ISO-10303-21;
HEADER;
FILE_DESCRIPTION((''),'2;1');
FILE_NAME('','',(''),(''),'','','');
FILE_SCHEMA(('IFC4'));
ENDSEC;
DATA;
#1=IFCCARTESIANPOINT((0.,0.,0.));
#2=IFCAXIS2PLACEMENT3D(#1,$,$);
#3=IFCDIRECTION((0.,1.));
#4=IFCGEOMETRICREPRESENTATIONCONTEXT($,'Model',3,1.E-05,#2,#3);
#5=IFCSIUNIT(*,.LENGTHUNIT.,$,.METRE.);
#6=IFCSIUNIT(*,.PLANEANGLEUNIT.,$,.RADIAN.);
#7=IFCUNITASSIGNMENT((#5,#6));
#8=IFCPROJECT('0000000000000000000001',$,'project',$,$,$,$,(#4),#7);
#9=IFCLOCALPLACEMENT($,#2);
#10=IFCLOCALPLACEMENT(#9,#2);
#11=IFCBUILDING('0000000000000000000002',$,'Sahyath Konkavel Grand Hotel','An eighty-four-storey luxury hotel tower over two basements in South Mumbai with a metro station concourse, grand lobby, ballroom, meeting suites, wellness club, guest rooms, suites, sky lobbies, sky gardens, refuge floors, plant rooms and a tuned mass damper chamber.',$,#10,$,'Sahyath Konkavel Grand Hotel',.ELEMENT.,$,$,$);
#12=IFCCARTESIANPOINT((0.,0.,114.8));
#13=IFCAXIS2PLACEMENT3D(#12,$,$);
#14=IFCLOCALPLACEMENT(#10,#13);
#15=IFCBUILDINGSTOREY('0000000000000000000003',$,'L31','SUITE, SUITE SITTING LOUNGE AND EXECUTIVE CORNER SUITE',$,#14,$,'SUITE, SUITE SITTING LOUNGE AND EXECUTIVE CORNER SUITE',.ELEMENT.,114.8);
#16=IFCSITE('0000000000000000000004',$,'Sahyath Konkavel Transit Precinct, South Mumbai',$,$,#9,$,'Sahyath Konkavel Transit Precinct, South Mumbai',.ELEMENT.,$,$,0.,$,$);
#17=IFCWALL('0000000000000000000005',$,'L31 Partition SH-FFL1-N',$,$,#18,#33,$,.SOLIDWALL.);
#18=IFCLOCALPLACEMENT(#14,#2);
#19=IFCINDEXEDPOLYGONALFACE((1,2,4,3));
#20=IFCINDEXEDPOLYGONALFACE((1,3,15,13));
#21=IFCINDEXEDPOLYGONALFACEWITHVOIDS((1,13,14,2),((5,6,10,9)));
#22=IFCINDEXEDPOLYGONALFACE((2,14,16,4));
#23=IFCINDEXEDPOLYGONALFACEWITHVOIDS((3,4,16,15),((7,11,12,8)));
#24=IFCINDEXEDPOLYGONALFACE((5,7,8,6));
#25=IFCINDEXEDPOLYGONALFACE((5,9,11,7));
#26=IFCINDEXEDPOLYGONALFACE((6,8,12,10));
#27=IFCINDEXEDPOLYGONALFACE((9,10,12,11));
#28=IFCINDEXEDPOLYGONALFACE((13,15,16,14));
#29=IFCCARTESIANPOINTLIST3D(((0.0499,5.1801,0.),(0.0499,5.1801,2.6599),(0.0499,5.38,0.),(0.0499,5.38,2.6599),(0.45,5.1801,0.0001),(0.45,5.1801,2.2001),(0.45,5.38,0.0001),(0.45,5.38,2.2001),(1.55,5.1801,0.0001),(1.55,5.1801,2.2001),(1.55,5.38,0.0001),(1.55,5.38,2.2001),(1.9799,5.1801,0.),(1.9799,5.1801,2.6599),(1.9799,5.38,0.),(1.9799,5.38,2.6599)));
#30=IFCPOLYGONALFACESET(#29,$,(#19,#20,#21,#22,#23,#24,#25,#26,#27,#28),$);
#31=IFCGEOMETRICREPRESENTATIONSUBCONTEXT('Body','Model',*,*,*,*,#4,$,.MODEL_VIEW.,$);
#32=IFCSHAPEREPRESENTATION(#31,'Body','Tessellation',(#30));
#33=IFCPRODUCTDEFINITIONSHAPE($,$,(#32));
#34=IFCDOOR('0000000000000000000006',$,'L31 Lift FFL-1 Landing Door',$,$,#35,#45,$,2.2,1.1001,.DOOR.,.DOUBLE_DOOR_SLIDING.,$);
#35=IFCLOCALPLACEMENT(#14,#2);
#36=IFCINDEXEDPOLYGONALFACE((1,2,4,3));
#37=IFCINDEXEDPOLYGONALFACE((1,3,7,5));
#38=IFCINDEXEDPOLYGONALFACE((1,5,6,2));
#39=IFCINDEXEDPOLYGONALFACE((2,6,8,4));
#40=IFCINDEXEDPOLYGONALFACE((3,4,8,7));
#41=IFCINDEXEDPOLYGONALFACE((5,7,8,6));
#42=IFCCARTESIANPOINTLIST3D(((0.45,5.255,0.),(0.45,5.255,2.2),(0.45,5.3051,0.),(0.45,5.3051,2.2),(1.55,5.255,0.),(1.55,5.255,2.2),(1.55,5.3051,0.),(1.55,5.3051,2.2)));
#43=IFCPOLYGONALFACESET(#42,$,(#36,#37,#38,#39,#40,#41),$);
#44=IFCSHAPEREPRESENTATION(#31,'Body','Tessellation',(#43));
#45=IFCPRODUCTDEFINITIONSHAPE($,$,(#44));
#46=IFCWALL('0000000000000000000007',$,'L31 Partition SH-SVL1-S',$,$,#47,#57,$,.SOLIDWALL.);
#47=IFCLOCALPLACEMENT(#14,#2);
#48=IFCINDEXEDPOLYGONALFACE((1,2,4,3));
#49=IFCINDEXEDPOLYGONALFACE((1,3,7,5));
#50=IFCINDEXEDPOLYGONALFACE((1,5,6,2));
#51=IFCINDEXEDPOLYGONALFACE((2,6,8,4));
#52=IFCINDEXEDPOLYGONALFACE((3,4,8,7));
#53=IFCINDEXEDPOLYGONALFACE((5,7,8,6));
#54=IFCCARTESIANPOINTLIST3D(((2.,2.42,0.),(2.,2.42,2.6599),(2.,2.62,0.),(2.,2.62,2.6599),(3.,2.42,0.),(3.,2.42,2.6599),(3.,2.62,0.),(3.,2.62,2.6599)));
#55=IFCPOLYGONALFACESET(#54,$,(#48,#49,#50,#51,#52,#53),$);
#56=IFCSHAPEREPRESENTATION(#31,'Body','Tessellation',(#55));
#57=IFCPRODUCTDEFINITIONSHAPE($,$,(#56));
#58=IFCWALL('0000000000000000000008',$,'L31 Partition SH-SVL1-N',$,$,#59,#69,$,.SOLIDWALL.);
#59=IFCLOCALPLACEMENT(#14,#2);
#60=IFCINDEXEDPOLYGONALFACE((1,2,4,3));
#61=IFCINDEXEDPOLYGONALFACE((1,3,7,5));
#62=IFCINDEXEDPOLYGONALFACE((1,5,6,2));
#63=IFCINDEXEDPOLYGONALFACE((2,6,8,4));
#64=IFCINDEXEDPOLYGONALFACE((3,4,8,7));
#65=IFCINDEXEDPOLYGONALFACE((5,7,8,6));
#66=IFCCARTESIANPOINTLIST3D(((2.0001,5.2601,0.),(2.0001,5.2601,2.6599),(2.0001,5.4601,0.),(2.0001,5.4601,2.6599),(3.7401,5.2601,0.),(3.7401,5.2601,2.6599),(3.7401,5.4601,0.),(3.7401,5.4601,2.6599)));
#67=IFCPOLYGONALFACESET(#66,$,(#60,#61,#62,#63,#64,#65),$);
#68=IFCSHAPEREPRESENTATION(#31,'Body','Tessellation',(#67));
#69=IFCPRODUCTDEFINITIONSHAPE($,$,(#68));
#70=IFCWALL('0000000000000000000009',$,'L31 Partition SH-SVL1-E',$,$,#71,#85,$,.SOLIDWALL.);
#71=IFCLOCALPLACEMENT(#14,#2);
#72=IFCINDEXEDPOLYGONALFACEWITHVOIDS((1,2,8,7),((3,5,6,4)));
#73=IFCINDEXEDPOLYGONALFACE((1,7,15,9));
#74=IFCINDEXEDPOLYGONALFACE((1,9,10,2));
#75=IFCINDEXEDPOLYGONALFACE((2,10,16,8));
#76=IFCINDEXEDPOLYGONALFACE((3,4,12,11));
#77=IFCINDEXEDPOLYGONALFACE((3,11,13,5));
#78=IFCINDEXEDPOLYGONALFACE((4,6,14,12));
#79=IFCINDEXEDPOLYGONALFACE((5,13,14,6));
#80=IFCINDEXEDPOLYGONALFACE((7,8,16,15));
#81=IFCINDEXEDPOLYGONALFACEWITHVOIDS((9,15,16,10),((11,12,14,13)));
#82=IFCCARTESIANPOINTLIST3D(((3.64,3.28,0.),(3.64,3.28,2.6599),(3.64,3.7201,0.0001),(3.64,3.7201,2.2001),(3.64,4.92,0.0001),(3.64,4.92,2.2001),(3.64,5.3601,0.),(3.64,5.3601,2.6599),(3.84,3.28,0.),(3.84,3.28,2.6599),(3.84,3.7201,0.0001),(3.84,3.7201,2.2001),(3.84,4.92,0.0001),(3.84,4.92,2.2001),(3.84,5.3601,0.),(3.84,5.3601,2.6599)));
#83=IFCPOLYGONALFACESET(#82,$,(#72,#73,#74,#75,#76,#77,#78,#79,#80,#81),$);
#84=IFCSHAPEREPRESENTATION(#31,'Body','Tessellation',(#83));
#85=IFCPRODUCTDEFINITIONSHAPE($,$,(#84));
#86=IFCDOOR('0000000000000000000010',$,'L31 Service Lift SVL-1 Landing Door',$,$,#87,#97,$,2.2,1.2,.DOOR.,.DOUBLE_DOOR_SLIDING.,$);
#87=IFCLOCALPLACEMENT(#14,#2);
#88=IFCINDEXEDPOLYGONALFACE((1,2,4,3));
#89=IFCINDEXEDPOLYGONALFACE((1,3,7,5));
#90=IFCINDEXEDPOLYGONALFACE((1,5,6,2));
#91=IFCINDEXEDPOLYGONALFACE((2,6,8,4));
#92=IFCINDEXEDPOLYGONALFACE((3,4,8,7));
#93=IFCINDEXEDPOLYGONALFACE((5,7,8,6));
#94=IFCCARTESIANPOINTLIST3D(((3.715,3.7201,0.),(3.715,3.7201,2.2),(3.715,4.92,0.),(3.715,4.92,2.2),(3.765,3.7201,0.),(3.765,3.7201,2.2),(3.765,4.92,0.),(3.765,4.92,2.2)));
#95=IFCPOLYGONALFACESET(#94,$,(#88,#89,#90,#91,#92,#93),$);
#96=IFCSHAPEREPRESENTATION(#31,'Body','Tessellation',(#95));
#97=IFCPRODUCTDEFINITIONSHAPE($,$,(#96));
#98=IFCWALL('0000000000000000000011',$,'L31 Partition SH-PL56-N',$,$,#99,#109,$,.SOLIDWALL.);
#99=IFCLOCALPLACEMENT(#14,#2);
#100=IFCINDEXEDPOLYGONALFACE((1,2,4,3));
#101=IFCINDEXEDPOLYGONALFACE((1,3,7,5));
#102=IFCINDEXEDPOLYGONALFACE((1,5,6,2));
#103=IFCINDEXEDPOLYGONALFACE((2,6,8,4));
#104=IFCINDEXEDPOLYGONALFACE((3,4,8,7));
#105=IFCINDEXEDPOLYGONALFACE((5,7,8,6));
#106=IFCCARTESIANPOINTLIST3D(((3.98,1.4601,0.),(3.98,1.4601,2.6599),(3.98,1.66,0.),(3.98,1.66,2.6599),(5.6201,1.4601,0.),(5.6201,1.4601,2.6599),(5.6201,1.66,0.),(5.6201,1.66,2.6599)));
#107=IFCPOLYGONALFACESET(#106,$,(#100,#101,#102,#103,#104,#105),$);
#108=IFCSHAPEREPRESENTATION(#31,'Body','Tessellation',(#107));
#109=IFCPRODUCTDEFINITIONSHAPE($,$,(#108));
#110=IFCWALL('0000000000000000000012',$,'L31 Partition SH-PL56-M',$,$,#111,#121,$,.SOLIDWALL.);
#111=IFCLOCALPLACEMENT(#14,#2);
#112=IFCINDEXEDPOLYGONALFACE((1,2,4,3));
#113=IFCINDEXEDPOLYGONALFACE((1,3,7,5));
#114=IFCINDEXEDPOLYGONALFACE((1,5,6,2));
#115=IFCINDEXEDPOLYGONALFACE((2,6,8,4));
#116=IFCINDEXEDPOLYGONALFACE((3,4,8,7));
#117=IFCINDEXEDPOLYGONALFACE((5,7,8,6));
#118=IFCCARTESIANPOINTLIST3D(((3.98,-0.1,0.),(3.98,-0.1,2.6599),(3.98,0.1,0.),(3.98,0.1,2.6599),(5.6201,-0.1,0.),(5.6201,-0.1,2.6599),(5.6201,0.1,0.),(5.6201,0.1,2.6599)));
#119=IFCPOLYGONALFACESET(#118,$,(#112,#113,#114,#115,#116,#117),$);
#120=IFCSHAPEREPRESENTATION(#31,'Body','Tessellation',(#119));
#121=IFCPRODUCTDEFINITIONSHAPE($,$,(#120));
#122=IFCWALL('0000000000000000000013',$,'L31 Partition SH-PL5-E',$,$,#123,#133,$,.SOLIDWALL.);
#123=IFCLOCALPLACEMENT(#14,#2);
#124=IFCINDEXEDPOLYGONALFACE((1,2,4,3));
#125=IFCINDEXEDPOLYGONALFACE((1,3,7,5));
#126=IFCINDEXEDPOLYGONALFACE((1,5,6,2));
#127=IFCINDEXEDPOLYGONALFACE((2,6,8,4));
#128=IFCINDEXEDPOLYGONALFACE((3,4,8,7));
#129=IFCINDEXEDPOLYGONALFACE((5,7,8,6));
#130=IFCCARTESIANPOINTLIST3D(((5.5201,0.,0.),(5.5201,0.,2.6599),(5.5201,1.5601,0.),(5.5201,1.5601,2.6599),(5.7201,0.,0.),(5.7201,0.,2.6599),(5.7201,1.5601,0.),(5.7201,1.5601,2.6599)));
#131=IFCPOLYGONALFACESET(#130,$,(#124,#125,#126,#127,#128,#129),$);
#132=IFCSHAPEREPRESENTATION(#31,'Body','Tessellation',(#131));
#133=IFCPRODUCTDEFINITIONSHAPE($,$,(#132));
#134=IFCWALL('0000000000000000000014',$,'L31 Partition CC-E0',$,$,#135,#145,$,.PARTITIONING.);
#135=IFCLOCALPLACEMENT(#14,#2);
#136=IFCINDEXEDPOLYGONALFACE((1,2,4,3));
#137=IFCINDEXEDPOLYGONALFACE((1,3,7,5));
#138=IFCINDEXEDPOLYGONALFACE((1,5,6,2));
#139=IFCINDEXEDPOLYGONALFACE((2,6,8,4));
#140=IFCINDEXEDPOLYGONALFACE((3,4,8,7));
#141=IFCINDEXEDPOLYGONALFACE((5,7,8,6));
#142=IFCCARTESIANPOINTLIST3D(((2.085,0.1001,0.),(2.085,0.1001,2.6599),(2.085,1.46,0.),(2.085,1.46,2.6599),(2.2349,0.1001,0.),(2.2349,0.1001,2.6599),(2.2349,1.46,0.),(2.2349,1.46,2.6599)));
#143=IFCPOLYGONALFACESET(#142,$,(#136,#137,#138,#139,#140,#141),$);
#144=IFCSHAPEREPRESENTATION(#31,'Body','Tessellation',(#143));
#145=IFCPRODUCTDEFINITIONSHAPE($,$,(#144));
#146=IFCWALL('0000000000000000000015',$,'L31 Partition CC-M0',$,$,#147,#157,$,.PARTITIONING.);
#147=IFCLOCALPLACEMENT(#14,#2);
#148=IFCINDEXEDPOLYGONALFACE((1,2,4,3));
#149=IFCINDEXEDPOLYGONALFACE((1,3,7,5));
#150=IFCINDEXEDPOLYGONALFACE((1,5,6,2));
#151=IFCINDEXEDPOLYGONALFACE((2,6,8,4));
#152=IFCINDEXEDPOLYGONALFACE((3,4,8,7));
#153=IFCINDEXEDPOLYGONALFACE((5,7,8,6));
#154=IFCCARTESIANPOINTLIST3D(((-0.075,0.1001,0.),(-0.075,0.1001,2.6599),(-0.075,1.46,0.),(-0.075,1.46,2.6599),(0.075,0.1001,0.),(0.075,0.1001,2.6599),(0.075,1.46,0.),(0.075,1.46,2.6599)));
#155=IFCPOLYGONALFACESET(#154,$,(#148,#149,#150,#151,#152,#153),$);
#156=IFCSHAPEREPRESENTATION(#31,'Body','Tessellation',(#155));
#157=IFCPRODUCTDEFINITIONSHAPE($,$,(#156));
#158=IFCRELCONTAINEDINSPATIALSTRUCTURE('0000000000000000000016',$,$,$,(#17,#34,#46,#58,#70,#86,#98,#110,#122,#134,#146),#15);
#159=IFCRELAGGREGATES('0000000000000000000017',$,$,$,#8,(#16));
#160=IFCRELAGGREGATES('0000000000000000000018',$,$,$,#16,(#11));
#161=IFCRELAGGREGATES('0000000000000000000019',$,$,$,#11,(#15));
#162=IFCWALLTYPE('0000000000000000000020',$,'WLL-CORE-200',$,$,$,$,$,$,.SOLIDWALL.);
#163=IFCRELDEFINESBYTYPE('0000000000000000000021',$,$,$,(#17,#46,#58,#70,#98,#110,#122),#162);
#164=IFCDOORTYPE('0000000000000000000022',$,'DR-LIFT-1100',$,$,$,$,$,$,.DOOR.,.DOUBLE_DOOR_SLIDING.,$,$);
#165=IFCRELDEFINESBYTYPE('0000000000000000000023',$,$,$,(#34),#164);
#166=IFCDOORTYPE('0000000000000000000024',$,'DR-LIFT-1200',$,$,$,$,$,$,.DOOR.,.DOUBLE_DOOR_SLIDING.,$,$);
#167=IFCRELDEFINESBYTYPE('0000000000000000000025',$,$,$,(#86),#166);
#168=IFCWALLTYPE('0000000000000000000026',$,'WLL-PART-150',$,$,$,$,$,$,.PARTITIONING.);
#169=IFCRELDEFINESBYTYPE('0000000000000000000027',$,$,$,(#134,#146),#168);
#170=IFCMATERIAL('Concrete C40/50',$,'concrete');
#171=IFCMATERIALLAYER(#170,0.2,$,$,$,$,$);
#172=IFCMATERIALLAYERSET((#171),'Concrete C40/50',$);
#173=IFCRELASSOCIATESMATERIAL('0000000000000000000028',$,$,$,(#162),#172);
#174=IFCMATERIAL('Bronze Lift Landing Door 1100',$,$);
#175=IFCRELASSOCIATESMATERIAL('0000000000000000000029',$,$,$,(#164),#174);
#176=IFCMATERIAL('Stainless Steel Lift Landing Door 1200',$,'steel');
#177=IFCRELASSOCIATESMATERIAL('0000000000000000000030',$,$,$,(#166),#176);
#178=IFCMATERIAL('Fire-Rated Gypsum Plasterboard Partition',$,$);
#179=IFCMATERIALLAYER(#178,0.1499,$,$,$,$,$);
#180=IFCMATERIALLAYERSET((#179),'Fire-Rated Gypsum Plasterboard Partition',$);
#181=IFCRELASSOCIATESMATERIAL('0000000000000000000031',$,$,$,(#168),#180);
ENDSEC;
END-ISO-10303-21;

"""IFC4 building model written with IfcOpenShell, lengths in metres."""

from ifc_helpers import new_model, si_unit, direction, frame, frame_2d, origin, origin_2d, place, context, subcontext, project, spatial, rectangle, extrude, source, transform, mapped, material, layer, layer_set, type_object, element, fill, save


model = new_model("IFC4")

# Units and contexts
model_context = context("Model", 3, precision=1e-05, world=origin(), true_north=direction((0.0, 1.0)))
body_context = subcontext(model_context, "Body", "Model", "MODEL_VIEW")
ifc_project = project(units=[si_unit("LENGTHUNIT", "METRE"), si_unit("PLANEANGLEUNIT", "RADIAN")], contexts=[model_context])

# Site, building, storey
site_placement = place(None, origin())
site = spatial("IfcSite", under=ifc_project, at=site_placement, Name="Sahyath Konkavel Transit Precinct, South Mumbai", LongName="Sahyath Konkavel Transit Precinct, South Mumbai", CompositionType="ELEMENT", RefElevation=0.0)
building_placement = place(site_placement, origin())
building = spatial("IfcBuilding", under=site, at=building_placement, Name="Sahyath Konkavel Grand Hotel", Description="An eighty-four-storey luxury hotel tower over two basements in South Mumbai with a metro station concourse, grand lobby, ballroom, meeting suites, wellness club, guest rooms, suites, sky lobbies, sky gardens, refuge floors, plant rooms and a tuned mass damper chamber.", LongName="Sahyath Konkavel Grand Hotel", CompositionType="ELEMENT")
storey_placement = place(building_placement, frame((0.0, 0.0, 114.8)))
storey = spatial("IfcBuildingStorey", under=building, at=storey_placement, Name="L31", Description="SUITE, SUITE SITTING LOUNGE AND EXECUTIVE CORNER SUITE", LongName="SUITE, SUITE SITTING LOUNGE AND EXECUTIVE CORNER SUITE", CompositionType="ELEMENT", Elevation=114.8)

# Shared definitions
ifc_material_1 = material(Name="Concrete C40/50", Category="concrete")

# Shared definitions
ifc_layer_1 = layer(ifc_material_1, 0.2)
ifc_layer_set_1 = layer_set([ifc_layer_1], Name="Concrete C40/50")
wall_type_1 = type_object("IfcWallType", Name="WLL-CORE-200", PredefinedType="SOLIDWALL", material=ifc_layer_set_1)

# Wall, opening, door
wall_1_placement = place(storey_placement, frame((0.05, 5.28, 0.0), z_axis=(0.0, 0.0, 1.0), x_axis=(1.0, 0.0, 0.0)))
wall_1 = element("IfcWall", 1, at=wall_1_placement, inside=storey, type_object=wall_type_1, Name="L31 Partition SH-FFL1-N", PredefinedType="SOLIDWALL", context=body_context, shape_type="SweptSolid", body=[
    extrude(rectangle(XDim=1.9299, YDim=0.2, at=frame_2d((0.9648, 0.0))), origin(), (0.0, 0.0, 1.0), 2.6599),
])
opening_1_placement = place(wall_1_placement, frame((0.3999, 0.0, 0.0)))
opening_1 = element("IfcOpeningElement", 2, at=opening_1_placement, cuts=wall_1, PredefinedType="OPENING", context=body_context, shape_type="SweptSolid", body=[
    extrude(rectangle(XDim=1.1001, YDim=2.2, at=frame_2d((0.55, 1.1001))), frame((0.0, 0.1099, 0.0), z_axis=(0.0, -1.0, 0.0), x_axis=(1.0, 0.0, 0.0)), (0.0, 0.0, 1.0), 0.22),
])
ifc_material_2 = material(Name="Bronze Lift Landing Door 1100")
door_type_1 = type_object("IfcDoorType", Name="DR-LIFT-1100", OperationType="DOUBLE_DOOR_SLIDING", PredefinedType="DOOR", material=ifc_material_2)
shared_shape_1 = source(origin(), body_context, "Body", "SweptSolid", [
    extrude(rectangle(XDim=1.1001, YDim=0.05, at=origin_2d()), origin(), (0.0, 0.0, 1.0), 2.2),
])
door_1_placement = place(opening_1_placement, frame((0.55, 0.0, 0.0)))
door_1 = element("IfcDoor", 3, at=door_1_placement, inside=storey, type_object=door_type_1, Name="L31 Lift FFL-1 Landing Door", OperationType="DOUBLE_DOOR_SLIDING", OverallHeight=2.2, OverallWidth=1.1001, PredefinedType="DOOR", context=body_context, shape_type="MappedRepresentation", body=[
    mapped(shared_shape_1, transform((0.0, 0.0, 0.0), scale=1.0)),
])
fill(opening_1, door_1)

# Walls
wall_2_placement = place(storey_placement, frame((2.0, 2.52, 0.0), z_axis=(0.0, 0.0, 1.0), x_axis=(1.0, 0.0, 0.0)))
element("IfcWall", 4, at=wall_2_placement, inside=storey, type_object=wall_type_1, Name="L31 Partition SH-SVL1-S", PredefinedType="SOLIDWALL", context=body_context, shape_type="SweptSolid", body=[
    extrude(rectangle(XDim=1.0, YDim=0.2, at=frame_2d((0.5, 0.0))), origin(), (0.0, 0.0, 1.0), 2.6599),
])
wall_3_placement = place(storey_placement, frame((2.0, 5.3601, 0.0), z_axis=(0.0, 0.0, 1.0), x_axis=(1.0, 0.0, 0.0)))
element("IfcWall", 5, at=wall_3_placement, inside=storey, type_object=wall_type_1, Name="L31 Partition SH-SVL1-N", PredefinedType="SOLIDWALL", context=body_context, shape_type="SweptSolid", body=[
    extrude(rectangle(XDim=1.74, YDim=0.2, at=frame_2d((0.8701, 0.0))), origin(), (0.0, 0.0, 1.0), 2.6599),
])

# Wall, opening, door
wall_4_placement = place(storey_placement, frame((3.74, 3.28, 0.0), z_axis=(0.0, 0.0, 1.0), x_axis=(0.0, 1.0, 0.0)))
wall_4 = element("IfcWall", 6, at=wall_4_placement, inside=storey, type_object=wall_type_1, Name="L31 Partition SH-SVL1-E", PredefinedType="SOLIDWALL", context=body_context, shape_type="SweptSolid", body=[
    extrude(rectangle(XDim=2.0801, YDim=0.2, at=frame_2d((1.04, 0.0))), origin(), (0.0, 0.0, 1.0), 2.6599),
])
opening_2_placement = place(wall_4_placement, frame((0.4399, 0.0, 0.0)))
opening_2 = element("IfcOpeningElement", 7, at=opening_2_placement, cuts=wall_4, PredefinedType="OPENING", context=body_context, shape_type="SweptSolid", body=[
    extrude(rectangle(XDim=1.2, YDim=2.2, at=frame_2d((0.6001, 1.1001))), frame((0.0, 0.1099, 0.0), z_axis=(0.0, -1.0, 0.0), x_axis=(1.0, 0.0, 0.0)), (0.0, 0.0, 1.0), 0.22),
])
ifc_material_3 = material(Name="Stainless Steel Lift Landing Door 1200", Category="steel")
door_type_2 = type_object("IfcDoorType", Name="DR-LIFT-1200", OperationType="DOUBLE_DOOR_SLIDING", PredefinedType="DOOR", material=ifc_material_3)
shared_shape_2 = source(origin(), body_context, "Body", "SweptSolid", [
    extrude(rectangle(XDim=1.2, YDim=0.05, at=origin_2d()), origin(), (0.0, 0.0, 1.0), 2.2),
])
door_2_placement = place(opening_2_placement, frame((0.6001, 0.0, 0.0)))
door_2 = element("IfcDoor", 8, at=door_2_placement, inside=storey, type_object=door_type_2, Name="L31 Service Lift SVL-1 Landing Door", OperationType="DOUBLE_DOOR_SLIDING", OverallHeight=2.2, OverallWidth=1.2, PredefinedType="DOOR", context=body_context, shape_type="MappedRepresentation", body=[
    mapped(shared_shape_2, transform((0.0, 0.0, 0.0), scale=1.0)),
])
fill(opening_2, door_2)

# Walls
for number, where, z_axis, x_axis, name in (
    (9, (3.98, 1.5601, 0.0), (0.0, 0.0, 1.0), (1.0, 0.0, 0.0), "L31 Partition SH-PL56-N"),
    (10, (3.98, 0.0, 0.0), (0.0, 0.0, 1.0), (1.0, 0.0, 0.0), "L31 Partition SH-PL56-M"),
):
    element("IfcWall", number, at=place(storey_placement, frame(where, z_axis=z_axis, x_axis=x_axis)), inside=storey, type_object=wall_type_1, Name=name, PredefinedType="SOLIDWALL", context=body_context, shape_type="SweptSolid", body=[
        extrude(rectangle(XDim=1.6401, YDim=0.2, at=frame_2d((0.8201, 0.0))), origin(), (0.0, 0.0, 1.0), 2.6599),
    ])
wall_5_placement = place(storey_placement, frame((5.6201, 0.0, 0.0), z_axis=(0.0, 0.0, 1.0), x_axis=(0.0, 1.0, 0.0)))
element("IfcWall", 11, at=wall_5_placement, inside=storey, type_object=wall_type_1, Name="L31 Partition SH-PL5-E", PredefinedType="SOLIDWALL", context=body_context, shape_type="SweptSolid", body=[
    extrude(rectangle(XDim=1.5601, YDim=0.2, at=frame_2d((0.78, 0.0))), origin(), (0.0, 0.0, 1.0), 2.6599),
])

# Walls
ifc_material_4 = material(Name="Fire-Rated Gypsum Plasterboard Partition")
ifc_layer_2 = layer(ifc_material_4, 0.1499)
ifc_layer_set_2 = layer_set([ifc_layer_2], Name="Fire-Rated Gypsum Plasterboard Partition")
wall_type_2 = type_object("IfcWallType", Name="WLL-PART-150", PredefinedType="PARTITIONING", material=ifc_layer_set_2)
for number, where, z_axis, x_axis, name in (
    (12, (2.1599, 0.1001, 0.0), (0.0, 0.0, 1.0), (0.0, 1.0, 0.0), "L31 Partition CC-E0"),
    (13, (0.0, 0.1001, 0.0), (0.0, 0.0, 1.0), (0.0, 1.0, 0.0), "L31 Partition CC-M0"),
):
    element("IfcWall", number, at=place(storey_placement, frame(where, z_axis=z_axis, x_axis=x_axis)), inside=storey, type_object=wall_type_2, Name=name, PredefinedType="PARTITIONING", context=body_context, shape_type="SweptSolid", body=[
        extrude(rectangle(XDim=1.3599, YDim=0.1499, at=frame_2d((0.6799, 0.0))), origin(), (0.0, 0.0, 1.0), 2.6599),
    ])

save(model, "model.ifc")
